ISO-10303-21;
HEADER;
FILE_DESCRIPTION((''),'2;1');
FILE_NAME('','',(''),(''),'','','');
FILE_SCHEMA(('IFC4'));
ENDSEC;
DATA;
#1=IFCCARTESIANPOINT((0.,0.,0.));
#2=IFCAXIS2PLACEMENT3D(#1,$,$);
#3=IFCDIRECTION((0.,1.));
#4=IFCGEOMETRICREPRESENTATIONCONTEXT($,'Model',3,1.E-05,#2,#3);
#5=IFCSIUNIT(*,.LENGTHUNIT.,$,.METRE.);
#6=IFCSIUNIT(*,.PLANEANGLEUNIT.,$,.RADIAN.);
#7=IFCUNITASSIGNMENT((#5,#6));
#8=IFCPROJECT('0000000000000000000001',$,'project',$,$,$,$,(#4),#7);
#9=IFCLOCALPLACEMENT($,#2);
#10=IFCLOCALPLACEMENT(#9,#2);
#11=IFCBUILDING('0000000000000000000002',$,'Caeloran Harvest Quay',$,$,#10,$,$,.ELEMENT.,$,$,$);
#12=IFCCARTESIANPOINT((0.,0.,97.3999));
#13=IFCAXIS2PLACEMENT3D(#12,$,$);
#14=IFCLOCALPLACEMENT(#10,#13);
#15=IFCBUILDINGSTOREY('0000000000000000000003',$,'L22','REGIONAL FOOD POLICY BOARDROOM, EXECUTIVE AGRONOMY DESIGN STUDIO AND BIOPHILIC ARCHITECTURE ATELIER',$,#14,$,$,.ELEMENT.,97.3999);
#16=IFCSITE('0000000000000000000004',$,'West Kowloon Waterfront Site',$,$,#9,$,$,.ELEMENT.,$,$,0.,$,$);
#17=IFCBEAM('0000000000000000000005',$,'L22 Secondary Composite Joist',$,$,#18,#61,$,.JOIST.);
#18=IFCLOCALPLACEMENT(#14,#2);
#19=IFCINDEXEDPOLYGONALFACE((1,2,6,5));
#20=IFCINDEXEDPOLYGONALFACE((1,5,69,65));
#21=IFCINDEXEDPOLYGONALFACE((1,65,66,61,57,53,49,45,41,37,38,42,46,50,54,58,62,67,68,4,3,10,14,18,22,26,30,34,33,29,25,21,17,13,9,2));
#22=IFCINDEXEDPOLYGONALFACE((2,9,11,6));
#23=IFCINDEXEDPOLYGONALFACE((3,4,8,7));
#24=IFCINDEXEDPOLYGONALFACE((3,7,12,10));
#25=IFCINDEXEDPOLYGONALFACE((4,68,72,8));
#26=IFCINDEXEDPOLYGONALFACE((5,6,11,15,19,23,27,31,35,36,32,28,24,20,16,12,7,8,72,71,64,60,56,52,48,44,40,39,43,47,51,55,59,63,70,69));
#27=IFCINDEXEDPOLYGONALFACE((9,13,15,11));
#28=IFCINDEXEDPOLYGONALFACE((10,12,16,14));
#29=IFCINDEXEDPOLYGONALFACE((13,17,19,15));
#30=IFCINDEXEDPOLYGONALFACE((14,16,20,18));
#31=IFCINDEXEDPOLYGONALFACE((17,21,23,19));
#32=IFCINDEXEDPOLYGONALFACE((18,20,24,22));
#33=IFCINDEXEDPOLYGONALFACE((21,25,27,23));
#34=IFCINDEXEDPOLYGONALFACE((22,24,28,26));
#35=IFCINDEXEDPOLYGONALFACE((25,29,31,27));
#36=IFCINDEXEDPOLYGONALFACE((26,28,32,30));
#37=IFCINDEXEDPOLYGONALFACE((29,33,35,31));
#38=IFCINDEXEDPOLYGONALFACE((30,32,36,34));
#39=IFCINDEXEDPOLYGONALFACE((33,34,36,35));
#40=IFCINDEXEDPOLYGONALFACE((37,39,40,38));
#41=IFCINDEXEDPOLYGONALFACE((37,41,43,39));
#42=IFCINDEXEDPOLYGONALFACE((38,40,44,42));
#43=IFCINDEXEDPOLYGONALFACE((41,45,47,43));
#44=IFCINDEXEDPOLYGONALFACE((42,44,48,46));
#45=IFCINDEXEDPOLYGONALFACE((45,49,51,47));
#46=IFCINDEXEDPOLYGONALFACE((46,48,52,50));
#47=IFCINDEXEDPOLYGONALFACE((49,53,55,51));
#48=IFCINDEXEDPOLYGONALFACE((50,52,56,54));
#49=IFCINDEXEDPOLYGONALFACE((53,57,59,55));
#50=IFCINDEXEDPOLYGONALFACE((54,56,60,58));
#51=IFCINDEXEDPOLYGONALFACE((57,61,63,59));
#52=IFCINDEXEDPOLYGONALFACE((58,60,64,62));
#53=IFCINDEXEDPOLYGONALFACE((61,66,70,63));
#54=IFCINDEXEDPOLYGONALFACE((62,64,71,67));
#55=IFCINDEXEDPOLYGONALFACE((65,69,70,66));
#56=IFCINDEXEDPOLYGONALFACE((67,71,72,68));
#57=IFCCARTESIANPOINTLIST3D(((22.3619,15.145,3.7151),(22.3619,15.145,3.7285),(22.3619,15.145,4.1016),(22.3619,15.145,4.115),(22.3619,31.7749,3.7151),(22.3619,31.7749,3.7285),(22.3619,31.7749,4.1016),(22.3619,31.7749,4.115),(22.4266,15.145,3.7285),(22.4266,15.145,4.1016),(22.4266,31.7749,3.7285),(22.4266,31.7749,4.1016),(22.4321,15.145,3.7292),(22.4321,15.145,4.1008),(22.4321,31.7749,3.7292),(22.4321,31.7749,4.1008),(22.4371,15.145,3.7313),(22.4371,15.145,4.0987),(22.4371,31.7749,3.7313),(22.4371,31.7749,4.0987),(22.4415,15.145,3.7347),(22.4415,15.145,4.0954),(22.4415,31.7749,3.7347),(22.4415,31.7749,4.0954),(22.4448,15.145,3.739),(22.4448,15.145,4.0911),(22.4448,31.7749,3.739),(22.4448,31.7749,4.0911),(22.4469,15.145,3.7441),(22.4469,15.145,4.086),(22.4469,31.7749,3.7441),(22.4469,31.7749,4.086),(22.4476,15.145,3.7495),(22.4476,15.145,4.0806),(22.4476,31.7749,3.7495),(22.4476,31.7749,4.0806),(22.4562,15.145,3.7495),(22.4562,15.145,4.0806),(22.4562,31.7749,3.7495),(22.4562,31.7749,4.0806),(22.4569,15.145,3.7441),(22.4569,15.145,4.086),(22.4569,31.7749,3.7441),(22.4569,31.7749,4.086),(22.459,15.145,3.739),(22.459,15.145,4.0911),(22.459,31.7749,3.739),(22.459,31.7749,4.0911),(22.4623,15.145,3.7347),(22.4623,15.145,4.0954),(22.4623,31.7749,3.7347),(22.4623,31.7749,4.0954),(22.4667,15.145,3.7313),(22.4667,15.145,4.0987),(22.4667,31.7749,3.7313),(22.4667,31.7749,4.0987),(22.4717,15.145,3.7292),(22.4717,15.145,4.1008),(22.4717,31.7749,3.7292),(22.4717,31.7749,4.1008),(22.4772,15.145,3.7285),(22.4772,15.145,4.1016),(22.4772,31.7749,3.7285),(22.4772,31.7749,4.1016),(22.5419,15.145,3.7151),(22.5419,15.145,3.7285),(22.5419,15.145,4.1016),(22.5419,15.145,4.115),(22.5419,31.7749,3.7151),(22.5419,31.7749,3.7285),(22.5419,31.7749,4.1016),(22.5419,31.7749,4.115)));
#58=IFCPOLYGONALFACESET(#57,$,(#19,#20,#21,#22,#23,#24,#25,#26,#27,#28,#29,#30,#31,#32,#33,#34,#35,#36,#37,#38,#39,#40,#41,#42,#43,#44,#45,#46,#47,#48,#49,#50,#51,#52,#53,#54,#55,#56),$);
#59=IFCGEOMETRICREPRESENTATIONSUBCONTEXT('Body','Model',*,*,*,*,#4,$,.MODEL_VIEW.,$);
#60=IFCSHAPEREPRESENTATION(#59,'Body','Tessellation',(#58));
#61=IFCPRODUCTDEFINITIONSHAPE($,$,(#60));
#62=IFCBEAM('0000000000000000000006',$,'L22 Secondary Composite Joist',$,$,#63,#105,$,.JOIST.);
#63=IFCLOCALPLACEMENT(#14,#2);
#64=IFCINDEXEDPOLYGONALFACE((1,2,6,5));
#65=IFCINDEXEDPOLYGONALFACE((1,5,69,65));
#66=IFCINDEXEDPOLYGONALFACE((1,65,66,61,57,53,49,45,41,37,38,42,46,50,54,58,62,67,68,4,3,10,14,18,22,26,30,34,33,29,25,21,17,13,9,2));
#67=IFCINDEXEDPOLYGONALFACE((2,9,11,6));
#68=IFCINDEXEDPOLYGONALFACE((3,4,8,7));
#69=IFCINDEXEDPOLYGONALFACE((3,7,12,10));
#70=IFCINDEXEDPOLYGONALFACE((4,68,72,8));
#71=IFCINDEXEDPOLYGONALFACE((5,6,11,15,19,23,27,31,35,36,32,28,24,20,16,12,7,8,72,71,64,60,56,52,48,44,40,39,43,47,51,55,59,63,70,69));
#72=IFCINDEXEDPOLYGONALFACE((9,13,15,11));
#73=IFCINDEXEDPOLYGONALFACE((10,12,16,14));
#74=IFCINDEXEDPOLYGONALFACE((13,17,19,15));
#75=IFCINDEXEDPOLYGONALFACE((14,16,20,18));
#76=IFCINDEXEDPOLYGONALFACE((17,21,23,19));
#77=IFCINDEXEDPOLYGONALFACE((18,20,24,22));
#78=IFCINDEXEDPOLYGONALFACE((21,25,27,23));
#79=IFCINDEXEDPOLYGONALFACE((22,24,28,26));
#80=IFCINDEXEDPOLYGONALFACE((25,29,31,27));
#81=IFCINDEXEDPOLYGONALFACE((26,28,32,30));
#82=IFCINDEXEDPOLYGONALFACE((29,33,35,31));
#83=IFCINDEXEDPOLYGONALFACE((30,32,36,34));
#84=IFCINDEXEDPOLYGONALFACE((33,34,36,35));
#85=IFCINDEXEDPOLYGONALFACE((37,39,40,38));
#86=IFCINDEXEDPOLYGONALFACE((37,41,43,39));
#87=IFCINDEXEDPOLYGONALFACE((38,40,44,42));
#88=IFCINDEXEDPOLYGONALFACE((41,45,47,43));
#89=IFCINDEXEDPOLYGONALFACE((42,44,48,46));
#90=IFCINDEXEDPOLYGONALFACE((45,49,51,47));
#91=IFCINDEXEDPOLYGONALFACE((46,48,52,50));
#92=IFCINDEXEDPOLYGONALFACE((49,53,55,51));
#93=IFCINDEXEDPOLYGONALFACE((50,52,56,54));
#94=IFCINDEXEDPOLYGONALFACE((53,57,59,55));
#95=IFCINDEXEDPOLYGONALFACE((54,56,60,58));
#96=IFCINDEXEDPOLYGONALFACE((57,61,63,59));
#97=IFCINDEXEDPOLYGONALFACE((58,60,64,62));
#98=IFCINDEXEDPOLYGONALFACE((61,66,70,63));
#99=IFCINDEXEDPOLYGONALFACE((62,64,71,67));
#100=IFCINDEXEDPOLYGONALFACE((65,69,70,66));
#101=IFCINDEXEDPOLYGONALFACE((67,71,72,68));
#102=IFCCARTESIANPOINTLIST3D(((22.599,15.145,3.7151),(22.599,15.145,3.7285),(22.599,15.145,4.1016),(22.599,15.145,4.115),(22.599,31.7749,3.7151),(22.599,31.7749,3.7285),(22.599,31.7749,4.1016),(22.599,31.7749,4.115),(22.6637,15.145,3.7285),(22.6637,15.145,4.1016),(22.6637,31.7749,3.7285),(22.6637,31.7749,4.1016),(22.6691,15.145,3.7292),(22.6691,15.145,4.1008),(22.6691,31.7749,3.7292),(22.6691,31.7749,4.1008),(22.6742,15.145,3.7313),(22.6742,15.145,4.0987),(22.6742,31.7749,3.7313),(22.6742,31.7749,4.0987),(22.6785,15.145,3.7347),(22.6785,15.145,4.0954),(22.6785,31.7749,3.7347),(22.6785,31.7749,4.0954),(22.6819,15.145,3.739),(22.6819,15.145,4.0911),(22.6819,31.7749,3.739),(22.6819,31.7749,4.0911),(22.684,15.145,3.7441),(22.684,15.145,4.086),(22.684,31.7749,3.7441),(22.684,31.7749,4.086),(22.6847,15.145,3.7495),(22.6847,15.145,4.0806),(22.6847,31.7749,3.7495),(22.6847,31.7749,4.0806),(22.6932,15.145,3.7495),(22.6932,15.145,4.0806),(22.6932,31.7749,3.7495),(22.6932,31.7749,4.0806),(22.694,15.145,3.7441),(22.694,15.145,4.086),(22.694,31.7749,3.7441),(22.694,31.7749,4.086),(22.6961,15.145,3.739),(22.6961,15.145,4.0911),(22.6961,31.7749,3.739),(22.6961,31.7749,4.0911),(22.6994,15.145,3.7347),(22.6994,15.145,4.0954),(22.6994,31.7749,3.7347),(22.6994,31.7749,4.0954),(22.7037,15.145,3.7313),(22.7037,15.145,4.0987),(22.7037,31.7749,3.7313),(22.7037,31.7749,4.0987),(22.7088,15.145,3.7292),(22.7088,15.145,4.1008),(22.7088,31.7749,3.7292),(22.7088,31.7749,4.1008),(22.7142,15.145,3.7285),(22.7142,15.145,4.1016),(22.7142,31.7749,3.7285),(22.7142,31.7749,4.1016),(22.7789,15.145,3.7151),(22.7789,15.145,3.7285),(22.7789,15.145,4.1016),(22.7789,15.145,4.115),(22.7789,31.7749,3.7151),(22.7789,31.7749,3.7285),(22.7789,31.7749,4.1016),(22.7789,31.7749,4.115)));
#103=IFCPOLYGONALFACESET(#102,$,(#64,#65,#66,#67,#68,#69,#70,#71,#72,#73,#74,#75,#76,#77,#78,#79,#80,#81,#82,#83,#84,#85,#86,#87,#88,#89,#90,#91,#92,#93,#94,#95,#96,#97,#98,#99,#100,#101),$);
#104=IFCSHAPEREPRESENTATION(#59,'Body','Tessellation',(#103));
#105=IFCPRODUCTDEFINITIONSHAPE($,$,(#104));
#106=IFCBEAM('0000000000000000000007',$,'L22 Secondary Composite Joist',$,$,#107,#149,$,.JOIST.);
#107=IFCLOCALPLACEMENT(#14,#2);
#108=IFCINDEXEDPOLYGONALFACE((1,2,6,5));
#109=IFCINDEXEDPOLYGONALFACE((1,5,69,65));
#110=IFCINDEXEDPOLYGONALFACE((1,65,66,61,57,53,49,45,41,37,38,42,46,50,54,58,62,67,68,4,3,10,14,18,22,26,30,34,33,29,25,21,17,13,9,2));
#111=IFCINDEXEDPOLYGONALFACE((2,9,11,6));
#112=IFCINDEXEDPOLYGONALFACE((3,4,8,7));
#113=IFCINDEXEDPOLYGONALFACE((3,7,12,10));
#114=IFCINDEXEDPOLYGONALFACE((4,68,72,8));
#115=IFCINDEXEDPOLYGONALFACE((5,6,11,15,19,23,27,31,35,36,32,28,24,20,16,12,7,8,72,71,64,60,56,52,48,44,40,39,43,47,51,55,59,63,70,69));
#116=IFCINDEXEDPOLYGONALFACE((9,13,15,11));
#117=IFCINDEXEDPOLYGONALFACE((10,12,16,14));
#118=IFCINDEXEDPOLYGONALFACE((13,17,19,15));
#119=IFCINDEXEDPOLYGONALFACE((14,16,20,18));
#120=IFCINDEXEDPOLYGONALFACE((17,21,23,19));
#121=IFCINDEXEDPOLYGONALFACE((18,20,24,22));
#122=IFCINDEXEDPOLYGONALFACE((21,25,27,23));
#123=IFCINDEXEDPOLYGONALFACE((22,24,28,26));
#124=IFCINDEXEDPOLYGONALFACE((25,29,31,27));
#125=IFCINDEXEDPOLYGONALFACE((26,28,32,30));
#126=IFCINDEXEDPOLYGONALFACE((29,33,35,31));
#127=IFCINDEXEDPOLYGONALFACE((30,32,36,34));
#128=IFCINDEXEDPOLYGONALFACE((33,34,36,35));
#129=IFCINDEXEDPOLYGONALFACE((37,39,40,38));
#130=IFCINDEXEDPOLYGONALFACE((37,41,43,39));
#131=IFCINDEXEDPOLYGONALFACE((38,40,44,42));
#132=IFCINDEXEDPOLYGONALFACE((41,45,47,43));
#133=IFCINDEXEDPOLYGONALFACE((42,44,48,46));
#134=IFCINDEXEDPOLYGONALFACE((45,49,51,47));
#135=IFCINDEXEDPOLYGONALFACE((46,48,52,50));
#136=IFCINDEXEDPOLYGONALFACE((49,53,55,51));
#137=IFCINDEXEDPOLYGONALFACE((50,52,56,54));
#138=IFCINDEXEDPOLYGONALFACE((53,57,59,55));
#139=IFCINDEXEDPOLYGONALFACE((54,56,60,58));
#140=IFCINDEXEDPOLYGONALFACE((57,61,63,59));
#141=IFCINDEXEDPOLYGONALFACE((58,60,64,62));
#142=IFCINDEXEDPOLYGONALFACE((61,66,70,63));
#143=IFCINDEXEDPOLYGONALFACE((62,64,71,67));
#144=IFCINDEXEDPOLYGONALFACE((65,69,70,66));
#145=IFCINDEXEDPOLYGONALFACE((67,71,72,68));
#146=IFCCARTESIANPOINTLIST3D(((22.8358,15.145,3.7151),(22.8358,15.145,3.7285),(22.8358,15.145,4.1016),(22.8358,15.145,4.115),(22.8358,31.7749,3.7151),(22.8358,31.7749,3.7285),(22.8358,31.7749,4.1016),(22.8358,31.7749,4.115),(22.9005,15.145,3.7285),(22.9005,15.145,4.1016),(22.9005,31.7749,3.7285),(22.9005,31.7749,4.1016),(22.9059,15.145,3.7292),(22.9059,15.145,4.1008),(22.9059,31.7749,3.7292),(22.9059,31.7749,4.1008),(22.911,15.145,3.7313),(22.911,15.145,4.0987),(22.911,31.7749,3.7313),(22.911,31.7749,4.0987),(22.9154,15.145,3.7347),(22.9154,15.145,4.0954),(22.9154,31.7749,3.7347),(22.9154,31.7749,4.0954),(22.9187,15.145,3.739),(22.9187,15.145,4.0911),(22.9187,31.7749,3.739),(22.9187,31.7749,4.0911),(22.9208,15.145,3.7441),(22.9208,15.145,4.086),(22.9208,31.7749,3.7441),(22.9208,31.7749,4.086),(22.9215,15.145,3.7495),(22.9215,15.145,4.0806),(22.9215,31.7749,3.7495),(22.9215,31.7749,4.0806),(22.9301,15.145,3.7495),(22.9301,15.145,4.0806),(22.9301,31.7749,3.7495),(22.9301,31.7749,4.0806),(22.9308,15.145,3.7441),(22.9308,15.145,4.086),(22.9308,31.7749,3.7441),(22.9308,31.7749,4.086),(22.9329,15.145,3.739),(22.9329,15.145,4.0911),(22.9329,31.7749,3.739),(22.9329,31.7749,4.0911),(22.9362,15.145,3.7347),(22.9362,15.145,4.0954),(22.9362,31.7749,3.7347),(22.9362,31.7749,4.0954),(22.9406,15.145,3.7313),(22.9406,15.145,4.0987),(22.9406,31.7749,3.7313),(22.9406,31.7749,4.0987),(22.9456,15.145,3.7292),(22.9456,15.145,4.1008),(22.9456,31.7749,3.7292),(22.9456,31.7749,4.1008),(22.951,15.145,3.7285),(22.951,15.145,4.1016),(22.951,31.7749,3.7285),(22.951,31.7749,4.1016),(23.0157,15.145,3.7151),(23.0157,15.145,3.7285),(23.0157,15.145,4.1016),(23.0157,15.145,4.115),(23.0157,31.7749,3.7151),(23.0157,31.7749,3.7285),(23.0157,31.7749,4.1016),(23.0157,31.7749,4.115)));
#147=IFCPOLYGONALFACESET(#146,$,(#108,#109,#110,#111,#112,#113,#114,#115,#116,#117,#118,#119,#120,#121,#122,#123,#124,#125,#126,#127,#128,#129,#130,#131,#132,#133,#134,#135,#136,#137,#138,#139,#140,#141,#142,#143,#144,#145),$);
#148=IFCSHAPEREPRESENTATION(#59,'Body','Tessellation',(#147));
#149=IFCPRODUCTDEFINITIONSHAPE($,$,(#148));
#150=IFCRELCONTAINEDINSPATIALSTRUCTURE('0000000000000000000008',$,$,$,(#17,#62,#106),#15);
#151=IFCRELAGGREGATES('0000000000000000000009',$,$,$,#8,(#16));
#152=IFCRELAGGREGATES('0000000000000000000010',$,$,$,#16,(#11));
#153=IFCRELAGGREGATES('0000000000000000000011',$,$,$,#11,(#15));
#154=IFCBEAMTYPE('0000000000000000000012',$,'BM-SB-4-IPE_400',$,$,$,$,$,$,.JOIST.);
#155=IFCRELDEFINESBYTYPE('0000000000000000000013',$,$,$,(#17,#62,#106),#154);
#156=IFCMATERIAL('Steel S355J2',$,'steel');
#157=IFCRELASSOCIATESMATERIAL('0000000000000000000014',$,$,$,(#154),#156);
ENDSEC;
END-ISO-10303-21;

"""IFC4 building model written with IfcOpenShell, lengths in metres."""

from ifc_helpers import new_model, si_unit, direction, frame, origin, origin_2d, place, context, subcontext, project, spatial, i_section, extrude, material, material_profile, profile_set, type_object, element, save


model = new_model("IFC4")

# Units and contexts
model_context = context("Model", 3, precision=1e-05, world=origin(), true_north=direction((0.0, 1.0)))
body_context = subcontext(model_context, "Body", "Model", "MODEL_VIEW")
ifc_project = project(units=[si_unit("LENGTHUNIT", "METRE"), si_unit("PLANEANGLEUNIT", "RADIAN")], contexts=[model_context])

# Site, building, storey
site_placement = place(None, origin())
site = spatial("IfcSite", under=ifc_project, at=site_placement, Name="West Kowloon Waterfront Site", CompositionType="ELEMENT", RefElevation=0.0)
building_placement = place(site_placement, origin())
building = spatial("IfcBuilding", under=site, at=building_placement, Name="Caeloran Harvest Quay", CompositionType="ELEMENT")
storey_placement = place(building_placement, frame((0.0, 0.0, 97.3999)))
storey = spatial("IfcBuildingStorey", under=building, at=storey_placement, Name="L22", Description="REGIONAL FOOD POLICY BOARDROOM, EXECUTIVE AGRONOMY DESIGN STUDIO AND BIOPHILIC ARCHITECTURE ATELIER", CompositionType="ELEMENT", Elevation=97.3999)

# Beams
ifc_material_1 = material(Name="Steel S355J2", Category="steel")
ifc_material_profile_1 = material_profile(ifc_material_1, i_section(OverallWidth=0.1799, OverallDepth=0.3999, WebThickness=0.0085, FlangeThickness=0.0134, FilletRadius=0.021, at=origin_2d()), Name="IPE 400")
ifc_profile_set_1 = profile_set([ifc_material_profile_1], Name="Steel S355J2")
beam_type_1 = type_object("IfcBeamType", Name="BM-SB-4-IPE_400", PredefinedType="JOIST", material=ifc_profile_set_1)
for number, where, z_axis, x_axis, name in (
    (1, (22.4519, 15.145, 3.915), (0.0, 1.0, 0.0), (-1.0, 0.0, 0.0), "L22 Secondary Composite Joist"),
    (2, (22.689, 15.145, 3.915), (0.0, 1.0, 0.0), (-1.0, 0.0, 0.0), "L22 Secondary Composite Joist"),
    (3, (22.9258, 15.145, 3.915), (0.0, 1.0, 0.0), (-1.0, 0.0, 0.0), "L22 Secondary Composite Joist"),
):
    element("IfcBeam", number, at=place(storey_placement, frame(where, z_axis=z_axis, x_axis=x_axis)), inside=storey, type_object=beam_type_1, Name=name, PredefinedType="JOIST", context=body_context, shape_type="SweptSolid", body=[
        extrude(i_section(OverallWidth=0.1799, OverallDepth=0.3999, WebThickness=0.0085, FlangeThickness=0.0134, FilletRadius=0.021, at=origin_2d()), origin(), (0.0, 0.0, 1.0), 16.6299),
    ])

save(model, "model.ifc")
